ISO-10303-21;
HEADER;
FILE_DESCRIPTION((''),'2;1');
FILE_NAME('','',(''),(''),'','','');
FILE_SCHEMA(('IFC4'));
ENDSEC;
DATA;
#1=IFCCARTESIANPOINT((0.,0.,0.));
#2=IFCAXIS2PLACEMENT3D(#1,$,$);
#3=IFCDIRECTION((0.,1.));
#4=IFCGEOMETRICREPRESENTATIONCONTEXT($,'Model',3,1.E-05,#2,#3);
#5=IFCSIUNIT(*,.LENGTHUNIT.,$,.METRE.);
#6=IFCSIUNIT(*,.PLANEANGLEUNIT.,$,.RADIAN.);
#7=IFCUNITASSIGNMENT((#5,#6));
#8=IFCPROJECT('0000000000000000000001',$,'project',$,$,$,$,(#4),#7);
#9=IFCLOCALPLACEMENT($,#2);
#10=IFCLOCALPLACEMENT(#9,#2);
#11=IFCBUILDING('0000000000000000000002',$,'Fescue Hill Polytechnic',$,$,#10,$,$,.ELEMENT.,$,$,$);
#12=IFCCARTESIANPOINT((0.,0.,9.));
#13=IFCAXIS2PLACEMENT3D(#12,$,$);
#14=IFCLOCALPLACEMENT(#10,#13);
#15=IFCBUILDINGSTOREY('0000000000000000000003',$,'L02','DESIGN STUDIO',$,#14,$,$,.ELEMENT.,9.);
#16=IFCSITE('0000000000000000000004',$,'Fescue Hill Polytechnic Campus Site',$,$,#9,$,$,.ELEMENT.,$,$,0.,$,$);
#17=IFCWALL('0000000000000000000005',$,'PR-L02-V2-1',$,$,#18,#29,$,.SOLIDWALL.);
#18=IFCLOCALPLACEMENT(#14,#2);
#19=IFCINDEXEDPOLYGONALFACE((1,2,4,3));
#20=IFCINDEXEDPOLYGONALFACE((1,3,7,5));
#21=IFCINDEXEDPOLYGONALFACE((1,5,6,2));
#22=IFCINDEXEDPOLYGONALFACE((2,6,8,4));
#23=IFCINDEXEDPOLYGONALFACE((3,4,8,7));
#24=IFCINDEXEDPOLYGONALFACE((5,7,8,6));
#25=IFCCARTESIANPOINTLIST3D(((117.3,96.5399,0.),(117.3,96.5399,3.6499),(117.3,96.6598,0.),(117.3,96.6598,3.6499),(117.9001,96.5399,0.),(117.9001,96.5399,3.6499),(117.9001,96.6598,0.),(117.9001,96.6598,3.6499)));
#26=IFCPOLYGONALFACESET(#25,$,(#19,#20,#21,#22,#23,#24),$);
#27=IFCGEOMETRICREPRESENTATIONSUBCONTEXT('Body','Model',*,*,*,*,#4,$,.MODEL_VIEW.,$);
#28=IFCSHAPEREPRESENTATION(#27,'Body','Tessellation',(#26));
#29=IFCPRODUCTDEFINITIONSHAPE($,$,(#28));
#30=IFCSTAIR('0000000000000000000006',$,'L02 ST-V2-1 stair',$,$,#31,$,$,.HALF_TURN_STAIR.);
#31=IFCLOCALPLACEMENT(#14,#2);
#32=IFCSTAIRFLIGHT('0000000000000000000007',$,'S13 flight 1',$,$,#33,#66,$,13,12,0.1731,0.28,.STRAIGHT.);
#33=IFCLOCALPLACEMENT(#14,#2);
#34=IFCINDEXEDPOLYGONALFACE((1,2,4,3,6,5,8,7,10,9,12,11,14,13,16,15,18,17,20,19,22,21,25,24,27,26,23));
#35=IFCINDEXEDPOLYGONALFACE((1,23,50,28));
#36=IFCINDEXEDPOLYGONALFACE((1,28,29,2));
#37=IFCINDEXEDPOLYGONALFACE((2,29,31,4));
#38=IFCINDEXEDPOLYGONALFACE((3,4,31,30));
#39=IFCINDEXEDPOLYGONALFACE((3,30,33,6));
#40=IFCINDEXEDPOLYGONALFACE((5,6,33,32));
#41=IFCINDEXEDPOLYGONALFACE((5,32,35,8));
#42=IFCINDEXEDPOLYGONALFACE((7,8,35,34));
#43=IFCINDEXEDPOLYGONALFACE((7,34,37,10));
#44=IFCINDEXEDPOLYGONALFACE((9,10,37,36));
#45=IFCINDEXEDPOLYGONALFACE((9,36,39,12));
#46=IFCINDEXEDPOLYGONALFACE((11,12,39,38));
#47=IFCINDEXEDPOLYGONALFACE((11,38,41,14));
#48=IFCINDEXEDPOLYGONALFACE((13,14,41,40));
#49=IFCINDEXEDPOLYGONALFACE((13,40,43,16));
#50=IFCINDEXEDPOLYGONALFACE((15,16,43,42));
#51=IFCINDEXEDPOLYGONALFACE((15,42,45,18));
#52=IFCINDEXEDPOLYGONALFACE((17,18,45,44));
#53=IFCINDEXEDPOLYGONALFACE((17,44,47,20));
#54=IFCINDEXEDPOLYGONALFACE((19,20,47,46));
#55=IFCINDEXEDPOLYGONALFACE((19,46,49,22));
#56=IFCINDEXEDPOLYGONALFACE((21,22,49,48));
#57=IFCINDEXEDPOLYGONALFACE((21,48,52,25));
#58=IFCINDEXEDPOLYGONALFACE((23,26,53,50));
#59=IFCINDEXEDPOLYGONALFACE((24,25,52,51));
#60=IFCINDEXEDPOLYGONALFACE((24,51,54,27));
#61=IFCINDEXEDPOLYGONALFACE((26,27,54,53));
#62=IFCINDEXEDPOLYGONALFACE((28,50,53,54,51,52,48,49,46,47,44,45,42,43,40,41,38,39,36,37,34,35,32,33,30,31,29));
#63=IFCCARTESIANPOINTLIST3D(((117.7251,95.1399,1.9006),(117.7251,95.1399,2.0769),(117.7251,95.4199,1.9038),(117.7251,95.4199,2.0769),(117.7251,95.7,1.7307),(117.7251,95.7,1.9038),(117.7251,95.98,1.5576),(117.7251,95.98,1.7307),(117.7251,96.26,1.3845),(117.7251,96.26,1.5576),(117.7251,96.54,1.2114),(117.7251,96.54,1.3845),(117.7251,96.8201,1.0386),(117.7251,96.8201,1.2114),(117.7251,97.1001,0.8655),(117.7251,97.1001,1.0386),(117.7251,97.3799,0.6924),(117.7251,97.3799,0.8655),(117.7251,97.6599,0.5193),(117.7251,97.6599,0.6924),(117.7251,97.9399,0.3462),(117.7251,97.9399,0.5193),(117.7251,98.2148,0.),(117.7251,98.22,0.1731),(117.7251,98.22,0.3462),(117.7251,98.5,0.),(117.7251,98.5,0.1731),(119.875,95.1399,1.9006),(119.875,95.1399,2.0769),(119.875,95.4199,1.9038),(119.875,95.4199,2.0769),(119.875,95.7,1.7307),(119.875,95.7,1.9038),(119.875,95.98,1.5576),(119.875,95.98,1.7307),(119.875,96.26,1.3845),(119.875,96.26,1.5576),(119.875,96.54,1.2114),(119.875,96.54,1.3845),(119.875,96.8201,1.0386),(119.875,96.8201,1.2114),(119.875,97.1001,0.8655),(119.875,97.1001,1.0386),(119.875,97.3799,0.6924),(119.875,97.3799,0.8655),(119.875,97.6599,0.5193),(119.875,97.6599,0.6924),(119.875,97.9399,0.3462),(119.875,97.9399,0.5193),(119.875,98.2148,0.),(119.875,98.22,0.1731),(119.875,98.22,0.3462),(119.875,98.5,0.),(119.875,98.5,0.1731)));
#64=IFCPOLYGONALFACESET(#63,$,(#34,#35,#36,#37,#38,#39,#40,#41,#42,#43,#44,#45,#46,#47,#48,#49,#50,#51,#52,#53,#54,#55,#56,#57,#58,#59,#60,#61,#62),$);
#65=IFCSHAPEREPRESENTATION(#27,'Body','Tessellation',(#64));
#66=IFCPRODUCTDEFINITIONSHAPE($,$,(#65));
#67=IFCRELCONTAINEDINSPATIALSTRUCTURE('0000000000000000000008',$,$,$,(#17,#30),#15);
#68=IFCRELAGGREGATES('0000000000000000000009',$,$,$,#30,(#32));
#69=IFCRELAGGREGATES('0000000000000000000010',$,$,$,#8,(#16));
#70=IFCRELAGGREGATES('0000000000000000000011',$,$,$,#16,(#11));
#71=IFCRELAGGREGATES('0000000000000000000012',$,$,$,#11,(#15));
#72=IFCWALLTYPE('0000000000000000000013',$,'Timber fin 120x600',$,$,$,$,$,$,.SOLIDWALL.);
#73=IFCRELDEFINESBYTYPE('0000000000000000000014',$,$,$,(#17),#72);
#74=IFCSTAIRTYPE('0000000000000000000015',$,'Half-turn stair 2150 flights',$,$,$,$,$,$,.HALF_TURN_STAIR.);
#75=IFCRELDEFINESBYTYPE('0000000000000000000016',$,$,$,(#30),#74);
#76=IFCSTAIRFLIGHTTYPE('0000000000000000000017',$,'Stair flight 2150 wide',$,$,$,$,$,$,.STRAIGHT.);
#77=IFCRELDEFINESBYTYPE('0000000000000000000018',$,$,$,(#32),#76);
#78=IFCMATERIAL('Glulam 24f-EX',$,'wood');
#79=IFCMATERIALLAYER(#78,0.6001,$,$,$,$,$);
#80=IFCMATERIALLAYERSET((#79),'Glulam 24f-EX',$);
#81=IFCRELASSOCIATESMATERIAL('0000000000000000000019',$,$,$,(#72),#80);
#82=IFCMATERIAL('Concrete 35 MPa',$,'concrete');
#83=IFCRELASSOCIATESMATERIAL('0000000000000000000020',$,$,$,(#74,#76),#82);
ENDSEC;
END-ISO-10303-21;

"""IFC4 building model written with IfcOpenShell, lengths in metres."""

from ifc_helpers import new_model, si_unit, direction, frame, frame_2d, origin, place, context, subcontext, project, spatial, polyline, rectangle, outline, extrude, material, layer, layer_set, type_object, element, aggregate, save


model = new_model("IFC4")

# Units and contexts
model_context = context("Model", 3, precision=1e-05, world=origin(), true_north=direction((0.0, 1.0)))
body_context = subcontext(model_context, "Body", "Model", "MODEL_VIEW")
ifc_project = project(units=[si_unit("LENGTHUNIT", "METRE"), si_unit("PLANEANGLEUNIT", "RADIAN")], contexts=[model_context])

# Site, building, storey
site_placement = place(None, origin())
site = spatial("IfcSite", under=ifc_project, at=site_placement, Name="Fescue Hill Polytechnic Campus Site", CompositionType="ELEMENT", RefElevation=0.0)
building_placement = place(site_placement, origin())
building = spatial("IfcBuilding", under=site, at=building_placement, Name="Fescue Hill Polytechnic", CompositionType="ELEMENT")
storey_placement = place(building_placement, frame((0.0, 0.0, 9.0)))
storey = spatial("IfcBuildingStorey", under=building, at=storey_placement, Name="L02", Description="DESIGN STUDIO", CompositionType="ELEMENT", Elevation=9.0)

# Shared definitions
ifc_material_1 = material(Name="Concrete 35 MPa", Category="concrete")

# Wall
ifc_material_2 = material(Name="Glulam 24f-EX", Category="wood")
ifc_layer_1 = layer(ifc_material_2, 0.6001)
ifc_layer_set_1 = layer_set([ifc_layer_1], Name="Glulam 24f-EX")
wall_type_1 = type_object("IfcWallType", Name="Timber fin 120x600", PredefinedType="SOLIDWALL", material=ifc_layer_set_1)
wall_1_placement = place(storey_placement, frame((117.6001, 96.6599, 0.0), z_axis=(0.0, 0.0, 1.0), x_axis=(0.0, -1.0, 0.0)))
element("IfcWall", 1, at=wall_1_placement, inside=storey, type_object=wall_type_1, Name="PR-L02-V2-1", PredefinedType="SOLIDWALL", context=body_context, shape_type="SweptSolid", body=[
    extrude(rectangle(XDim=0.1199, YDim=0.6001, at=frame_2d((0.0601, 0.0))), origin(), (0.0, 0.0, 1.0), 3.6499),
])

# Stair, stair flight
stair_type = type_object("IfcStairType", Name="Half-turn stair 2150 flights", PredefinedType="HALF_TURN_STAIR", material=ifc_material_1)
stair_placement = place(storey_placement, origin())
stair = element("IfcStair", 2, at=stair_placement, inside=storey, type_object=stair_type, Name="L02 ST-V2-1 stair", PredefinedType="HALF_TURN_STAIR")
stair_flight_type = type_object("IfcStairFlightType", Name="Stair flight 2150 wide", PredefinedType="STRAIGHT", material=ifc_material_1)
stair_flight_placement = place(storey_placement, frame((118.8, 98.5, 0.0), z_axis=(0.0, 0.0, 1.0), x_axis=(0.0, -1.0, 0.0)))
stair_flight = element("IfcStairFlight", 3, at=stair_flight_placement, type_object=stair_flight_type, Name="S13 flight 1", NumberOfRisers=13, NumberOfTreads=12, PredefinedType="STRAIGHT", RiserHeight=0.1731, TreadLength=0.28, context=body_context, shape_type="SweptSolid", body=[
    extrude(outline(polyline([(0.0, 0.0), (0.0, 0.1731), (0.28, 0.1731), (0.28, 0.3462), (0.5601, 0.3462), (0.5601, 0.5193), (0.8401, 0.5193), (0.8401, 0.6924), (1.1201, 0.6924), (1.1201, 0.8655), (1.3999, 0.8655), (1.3999, 1.0386), (1.6799, 1.0386), (1.6799, 1.2114), (1.96, 1.2114), (1.96, 1.3845), (2.24, 1.3845), (2.24, 1.5576), (2.52, 1.5576), (2.52, 1.7307), (2.8, 1.7307), (2.8, 1.9038), (3.0801, 1.9038), (3.0801, 2.0769), (3.3601, 2.0769), (3.3601, 2.25), (3.3601, 1.9006), (0.2852, 0.0), (0.0, 0.0)])), frame((0.0, 1.075, 0.0), z_axis=(0.0, -1.0, 0.0), x_axis=(1.0, 0.0, 0.0)), (0.0, 0.0, 1.0), 2.1499),
])
aggregate(stair, [stair_flight])

save(model, "model.ifc")
